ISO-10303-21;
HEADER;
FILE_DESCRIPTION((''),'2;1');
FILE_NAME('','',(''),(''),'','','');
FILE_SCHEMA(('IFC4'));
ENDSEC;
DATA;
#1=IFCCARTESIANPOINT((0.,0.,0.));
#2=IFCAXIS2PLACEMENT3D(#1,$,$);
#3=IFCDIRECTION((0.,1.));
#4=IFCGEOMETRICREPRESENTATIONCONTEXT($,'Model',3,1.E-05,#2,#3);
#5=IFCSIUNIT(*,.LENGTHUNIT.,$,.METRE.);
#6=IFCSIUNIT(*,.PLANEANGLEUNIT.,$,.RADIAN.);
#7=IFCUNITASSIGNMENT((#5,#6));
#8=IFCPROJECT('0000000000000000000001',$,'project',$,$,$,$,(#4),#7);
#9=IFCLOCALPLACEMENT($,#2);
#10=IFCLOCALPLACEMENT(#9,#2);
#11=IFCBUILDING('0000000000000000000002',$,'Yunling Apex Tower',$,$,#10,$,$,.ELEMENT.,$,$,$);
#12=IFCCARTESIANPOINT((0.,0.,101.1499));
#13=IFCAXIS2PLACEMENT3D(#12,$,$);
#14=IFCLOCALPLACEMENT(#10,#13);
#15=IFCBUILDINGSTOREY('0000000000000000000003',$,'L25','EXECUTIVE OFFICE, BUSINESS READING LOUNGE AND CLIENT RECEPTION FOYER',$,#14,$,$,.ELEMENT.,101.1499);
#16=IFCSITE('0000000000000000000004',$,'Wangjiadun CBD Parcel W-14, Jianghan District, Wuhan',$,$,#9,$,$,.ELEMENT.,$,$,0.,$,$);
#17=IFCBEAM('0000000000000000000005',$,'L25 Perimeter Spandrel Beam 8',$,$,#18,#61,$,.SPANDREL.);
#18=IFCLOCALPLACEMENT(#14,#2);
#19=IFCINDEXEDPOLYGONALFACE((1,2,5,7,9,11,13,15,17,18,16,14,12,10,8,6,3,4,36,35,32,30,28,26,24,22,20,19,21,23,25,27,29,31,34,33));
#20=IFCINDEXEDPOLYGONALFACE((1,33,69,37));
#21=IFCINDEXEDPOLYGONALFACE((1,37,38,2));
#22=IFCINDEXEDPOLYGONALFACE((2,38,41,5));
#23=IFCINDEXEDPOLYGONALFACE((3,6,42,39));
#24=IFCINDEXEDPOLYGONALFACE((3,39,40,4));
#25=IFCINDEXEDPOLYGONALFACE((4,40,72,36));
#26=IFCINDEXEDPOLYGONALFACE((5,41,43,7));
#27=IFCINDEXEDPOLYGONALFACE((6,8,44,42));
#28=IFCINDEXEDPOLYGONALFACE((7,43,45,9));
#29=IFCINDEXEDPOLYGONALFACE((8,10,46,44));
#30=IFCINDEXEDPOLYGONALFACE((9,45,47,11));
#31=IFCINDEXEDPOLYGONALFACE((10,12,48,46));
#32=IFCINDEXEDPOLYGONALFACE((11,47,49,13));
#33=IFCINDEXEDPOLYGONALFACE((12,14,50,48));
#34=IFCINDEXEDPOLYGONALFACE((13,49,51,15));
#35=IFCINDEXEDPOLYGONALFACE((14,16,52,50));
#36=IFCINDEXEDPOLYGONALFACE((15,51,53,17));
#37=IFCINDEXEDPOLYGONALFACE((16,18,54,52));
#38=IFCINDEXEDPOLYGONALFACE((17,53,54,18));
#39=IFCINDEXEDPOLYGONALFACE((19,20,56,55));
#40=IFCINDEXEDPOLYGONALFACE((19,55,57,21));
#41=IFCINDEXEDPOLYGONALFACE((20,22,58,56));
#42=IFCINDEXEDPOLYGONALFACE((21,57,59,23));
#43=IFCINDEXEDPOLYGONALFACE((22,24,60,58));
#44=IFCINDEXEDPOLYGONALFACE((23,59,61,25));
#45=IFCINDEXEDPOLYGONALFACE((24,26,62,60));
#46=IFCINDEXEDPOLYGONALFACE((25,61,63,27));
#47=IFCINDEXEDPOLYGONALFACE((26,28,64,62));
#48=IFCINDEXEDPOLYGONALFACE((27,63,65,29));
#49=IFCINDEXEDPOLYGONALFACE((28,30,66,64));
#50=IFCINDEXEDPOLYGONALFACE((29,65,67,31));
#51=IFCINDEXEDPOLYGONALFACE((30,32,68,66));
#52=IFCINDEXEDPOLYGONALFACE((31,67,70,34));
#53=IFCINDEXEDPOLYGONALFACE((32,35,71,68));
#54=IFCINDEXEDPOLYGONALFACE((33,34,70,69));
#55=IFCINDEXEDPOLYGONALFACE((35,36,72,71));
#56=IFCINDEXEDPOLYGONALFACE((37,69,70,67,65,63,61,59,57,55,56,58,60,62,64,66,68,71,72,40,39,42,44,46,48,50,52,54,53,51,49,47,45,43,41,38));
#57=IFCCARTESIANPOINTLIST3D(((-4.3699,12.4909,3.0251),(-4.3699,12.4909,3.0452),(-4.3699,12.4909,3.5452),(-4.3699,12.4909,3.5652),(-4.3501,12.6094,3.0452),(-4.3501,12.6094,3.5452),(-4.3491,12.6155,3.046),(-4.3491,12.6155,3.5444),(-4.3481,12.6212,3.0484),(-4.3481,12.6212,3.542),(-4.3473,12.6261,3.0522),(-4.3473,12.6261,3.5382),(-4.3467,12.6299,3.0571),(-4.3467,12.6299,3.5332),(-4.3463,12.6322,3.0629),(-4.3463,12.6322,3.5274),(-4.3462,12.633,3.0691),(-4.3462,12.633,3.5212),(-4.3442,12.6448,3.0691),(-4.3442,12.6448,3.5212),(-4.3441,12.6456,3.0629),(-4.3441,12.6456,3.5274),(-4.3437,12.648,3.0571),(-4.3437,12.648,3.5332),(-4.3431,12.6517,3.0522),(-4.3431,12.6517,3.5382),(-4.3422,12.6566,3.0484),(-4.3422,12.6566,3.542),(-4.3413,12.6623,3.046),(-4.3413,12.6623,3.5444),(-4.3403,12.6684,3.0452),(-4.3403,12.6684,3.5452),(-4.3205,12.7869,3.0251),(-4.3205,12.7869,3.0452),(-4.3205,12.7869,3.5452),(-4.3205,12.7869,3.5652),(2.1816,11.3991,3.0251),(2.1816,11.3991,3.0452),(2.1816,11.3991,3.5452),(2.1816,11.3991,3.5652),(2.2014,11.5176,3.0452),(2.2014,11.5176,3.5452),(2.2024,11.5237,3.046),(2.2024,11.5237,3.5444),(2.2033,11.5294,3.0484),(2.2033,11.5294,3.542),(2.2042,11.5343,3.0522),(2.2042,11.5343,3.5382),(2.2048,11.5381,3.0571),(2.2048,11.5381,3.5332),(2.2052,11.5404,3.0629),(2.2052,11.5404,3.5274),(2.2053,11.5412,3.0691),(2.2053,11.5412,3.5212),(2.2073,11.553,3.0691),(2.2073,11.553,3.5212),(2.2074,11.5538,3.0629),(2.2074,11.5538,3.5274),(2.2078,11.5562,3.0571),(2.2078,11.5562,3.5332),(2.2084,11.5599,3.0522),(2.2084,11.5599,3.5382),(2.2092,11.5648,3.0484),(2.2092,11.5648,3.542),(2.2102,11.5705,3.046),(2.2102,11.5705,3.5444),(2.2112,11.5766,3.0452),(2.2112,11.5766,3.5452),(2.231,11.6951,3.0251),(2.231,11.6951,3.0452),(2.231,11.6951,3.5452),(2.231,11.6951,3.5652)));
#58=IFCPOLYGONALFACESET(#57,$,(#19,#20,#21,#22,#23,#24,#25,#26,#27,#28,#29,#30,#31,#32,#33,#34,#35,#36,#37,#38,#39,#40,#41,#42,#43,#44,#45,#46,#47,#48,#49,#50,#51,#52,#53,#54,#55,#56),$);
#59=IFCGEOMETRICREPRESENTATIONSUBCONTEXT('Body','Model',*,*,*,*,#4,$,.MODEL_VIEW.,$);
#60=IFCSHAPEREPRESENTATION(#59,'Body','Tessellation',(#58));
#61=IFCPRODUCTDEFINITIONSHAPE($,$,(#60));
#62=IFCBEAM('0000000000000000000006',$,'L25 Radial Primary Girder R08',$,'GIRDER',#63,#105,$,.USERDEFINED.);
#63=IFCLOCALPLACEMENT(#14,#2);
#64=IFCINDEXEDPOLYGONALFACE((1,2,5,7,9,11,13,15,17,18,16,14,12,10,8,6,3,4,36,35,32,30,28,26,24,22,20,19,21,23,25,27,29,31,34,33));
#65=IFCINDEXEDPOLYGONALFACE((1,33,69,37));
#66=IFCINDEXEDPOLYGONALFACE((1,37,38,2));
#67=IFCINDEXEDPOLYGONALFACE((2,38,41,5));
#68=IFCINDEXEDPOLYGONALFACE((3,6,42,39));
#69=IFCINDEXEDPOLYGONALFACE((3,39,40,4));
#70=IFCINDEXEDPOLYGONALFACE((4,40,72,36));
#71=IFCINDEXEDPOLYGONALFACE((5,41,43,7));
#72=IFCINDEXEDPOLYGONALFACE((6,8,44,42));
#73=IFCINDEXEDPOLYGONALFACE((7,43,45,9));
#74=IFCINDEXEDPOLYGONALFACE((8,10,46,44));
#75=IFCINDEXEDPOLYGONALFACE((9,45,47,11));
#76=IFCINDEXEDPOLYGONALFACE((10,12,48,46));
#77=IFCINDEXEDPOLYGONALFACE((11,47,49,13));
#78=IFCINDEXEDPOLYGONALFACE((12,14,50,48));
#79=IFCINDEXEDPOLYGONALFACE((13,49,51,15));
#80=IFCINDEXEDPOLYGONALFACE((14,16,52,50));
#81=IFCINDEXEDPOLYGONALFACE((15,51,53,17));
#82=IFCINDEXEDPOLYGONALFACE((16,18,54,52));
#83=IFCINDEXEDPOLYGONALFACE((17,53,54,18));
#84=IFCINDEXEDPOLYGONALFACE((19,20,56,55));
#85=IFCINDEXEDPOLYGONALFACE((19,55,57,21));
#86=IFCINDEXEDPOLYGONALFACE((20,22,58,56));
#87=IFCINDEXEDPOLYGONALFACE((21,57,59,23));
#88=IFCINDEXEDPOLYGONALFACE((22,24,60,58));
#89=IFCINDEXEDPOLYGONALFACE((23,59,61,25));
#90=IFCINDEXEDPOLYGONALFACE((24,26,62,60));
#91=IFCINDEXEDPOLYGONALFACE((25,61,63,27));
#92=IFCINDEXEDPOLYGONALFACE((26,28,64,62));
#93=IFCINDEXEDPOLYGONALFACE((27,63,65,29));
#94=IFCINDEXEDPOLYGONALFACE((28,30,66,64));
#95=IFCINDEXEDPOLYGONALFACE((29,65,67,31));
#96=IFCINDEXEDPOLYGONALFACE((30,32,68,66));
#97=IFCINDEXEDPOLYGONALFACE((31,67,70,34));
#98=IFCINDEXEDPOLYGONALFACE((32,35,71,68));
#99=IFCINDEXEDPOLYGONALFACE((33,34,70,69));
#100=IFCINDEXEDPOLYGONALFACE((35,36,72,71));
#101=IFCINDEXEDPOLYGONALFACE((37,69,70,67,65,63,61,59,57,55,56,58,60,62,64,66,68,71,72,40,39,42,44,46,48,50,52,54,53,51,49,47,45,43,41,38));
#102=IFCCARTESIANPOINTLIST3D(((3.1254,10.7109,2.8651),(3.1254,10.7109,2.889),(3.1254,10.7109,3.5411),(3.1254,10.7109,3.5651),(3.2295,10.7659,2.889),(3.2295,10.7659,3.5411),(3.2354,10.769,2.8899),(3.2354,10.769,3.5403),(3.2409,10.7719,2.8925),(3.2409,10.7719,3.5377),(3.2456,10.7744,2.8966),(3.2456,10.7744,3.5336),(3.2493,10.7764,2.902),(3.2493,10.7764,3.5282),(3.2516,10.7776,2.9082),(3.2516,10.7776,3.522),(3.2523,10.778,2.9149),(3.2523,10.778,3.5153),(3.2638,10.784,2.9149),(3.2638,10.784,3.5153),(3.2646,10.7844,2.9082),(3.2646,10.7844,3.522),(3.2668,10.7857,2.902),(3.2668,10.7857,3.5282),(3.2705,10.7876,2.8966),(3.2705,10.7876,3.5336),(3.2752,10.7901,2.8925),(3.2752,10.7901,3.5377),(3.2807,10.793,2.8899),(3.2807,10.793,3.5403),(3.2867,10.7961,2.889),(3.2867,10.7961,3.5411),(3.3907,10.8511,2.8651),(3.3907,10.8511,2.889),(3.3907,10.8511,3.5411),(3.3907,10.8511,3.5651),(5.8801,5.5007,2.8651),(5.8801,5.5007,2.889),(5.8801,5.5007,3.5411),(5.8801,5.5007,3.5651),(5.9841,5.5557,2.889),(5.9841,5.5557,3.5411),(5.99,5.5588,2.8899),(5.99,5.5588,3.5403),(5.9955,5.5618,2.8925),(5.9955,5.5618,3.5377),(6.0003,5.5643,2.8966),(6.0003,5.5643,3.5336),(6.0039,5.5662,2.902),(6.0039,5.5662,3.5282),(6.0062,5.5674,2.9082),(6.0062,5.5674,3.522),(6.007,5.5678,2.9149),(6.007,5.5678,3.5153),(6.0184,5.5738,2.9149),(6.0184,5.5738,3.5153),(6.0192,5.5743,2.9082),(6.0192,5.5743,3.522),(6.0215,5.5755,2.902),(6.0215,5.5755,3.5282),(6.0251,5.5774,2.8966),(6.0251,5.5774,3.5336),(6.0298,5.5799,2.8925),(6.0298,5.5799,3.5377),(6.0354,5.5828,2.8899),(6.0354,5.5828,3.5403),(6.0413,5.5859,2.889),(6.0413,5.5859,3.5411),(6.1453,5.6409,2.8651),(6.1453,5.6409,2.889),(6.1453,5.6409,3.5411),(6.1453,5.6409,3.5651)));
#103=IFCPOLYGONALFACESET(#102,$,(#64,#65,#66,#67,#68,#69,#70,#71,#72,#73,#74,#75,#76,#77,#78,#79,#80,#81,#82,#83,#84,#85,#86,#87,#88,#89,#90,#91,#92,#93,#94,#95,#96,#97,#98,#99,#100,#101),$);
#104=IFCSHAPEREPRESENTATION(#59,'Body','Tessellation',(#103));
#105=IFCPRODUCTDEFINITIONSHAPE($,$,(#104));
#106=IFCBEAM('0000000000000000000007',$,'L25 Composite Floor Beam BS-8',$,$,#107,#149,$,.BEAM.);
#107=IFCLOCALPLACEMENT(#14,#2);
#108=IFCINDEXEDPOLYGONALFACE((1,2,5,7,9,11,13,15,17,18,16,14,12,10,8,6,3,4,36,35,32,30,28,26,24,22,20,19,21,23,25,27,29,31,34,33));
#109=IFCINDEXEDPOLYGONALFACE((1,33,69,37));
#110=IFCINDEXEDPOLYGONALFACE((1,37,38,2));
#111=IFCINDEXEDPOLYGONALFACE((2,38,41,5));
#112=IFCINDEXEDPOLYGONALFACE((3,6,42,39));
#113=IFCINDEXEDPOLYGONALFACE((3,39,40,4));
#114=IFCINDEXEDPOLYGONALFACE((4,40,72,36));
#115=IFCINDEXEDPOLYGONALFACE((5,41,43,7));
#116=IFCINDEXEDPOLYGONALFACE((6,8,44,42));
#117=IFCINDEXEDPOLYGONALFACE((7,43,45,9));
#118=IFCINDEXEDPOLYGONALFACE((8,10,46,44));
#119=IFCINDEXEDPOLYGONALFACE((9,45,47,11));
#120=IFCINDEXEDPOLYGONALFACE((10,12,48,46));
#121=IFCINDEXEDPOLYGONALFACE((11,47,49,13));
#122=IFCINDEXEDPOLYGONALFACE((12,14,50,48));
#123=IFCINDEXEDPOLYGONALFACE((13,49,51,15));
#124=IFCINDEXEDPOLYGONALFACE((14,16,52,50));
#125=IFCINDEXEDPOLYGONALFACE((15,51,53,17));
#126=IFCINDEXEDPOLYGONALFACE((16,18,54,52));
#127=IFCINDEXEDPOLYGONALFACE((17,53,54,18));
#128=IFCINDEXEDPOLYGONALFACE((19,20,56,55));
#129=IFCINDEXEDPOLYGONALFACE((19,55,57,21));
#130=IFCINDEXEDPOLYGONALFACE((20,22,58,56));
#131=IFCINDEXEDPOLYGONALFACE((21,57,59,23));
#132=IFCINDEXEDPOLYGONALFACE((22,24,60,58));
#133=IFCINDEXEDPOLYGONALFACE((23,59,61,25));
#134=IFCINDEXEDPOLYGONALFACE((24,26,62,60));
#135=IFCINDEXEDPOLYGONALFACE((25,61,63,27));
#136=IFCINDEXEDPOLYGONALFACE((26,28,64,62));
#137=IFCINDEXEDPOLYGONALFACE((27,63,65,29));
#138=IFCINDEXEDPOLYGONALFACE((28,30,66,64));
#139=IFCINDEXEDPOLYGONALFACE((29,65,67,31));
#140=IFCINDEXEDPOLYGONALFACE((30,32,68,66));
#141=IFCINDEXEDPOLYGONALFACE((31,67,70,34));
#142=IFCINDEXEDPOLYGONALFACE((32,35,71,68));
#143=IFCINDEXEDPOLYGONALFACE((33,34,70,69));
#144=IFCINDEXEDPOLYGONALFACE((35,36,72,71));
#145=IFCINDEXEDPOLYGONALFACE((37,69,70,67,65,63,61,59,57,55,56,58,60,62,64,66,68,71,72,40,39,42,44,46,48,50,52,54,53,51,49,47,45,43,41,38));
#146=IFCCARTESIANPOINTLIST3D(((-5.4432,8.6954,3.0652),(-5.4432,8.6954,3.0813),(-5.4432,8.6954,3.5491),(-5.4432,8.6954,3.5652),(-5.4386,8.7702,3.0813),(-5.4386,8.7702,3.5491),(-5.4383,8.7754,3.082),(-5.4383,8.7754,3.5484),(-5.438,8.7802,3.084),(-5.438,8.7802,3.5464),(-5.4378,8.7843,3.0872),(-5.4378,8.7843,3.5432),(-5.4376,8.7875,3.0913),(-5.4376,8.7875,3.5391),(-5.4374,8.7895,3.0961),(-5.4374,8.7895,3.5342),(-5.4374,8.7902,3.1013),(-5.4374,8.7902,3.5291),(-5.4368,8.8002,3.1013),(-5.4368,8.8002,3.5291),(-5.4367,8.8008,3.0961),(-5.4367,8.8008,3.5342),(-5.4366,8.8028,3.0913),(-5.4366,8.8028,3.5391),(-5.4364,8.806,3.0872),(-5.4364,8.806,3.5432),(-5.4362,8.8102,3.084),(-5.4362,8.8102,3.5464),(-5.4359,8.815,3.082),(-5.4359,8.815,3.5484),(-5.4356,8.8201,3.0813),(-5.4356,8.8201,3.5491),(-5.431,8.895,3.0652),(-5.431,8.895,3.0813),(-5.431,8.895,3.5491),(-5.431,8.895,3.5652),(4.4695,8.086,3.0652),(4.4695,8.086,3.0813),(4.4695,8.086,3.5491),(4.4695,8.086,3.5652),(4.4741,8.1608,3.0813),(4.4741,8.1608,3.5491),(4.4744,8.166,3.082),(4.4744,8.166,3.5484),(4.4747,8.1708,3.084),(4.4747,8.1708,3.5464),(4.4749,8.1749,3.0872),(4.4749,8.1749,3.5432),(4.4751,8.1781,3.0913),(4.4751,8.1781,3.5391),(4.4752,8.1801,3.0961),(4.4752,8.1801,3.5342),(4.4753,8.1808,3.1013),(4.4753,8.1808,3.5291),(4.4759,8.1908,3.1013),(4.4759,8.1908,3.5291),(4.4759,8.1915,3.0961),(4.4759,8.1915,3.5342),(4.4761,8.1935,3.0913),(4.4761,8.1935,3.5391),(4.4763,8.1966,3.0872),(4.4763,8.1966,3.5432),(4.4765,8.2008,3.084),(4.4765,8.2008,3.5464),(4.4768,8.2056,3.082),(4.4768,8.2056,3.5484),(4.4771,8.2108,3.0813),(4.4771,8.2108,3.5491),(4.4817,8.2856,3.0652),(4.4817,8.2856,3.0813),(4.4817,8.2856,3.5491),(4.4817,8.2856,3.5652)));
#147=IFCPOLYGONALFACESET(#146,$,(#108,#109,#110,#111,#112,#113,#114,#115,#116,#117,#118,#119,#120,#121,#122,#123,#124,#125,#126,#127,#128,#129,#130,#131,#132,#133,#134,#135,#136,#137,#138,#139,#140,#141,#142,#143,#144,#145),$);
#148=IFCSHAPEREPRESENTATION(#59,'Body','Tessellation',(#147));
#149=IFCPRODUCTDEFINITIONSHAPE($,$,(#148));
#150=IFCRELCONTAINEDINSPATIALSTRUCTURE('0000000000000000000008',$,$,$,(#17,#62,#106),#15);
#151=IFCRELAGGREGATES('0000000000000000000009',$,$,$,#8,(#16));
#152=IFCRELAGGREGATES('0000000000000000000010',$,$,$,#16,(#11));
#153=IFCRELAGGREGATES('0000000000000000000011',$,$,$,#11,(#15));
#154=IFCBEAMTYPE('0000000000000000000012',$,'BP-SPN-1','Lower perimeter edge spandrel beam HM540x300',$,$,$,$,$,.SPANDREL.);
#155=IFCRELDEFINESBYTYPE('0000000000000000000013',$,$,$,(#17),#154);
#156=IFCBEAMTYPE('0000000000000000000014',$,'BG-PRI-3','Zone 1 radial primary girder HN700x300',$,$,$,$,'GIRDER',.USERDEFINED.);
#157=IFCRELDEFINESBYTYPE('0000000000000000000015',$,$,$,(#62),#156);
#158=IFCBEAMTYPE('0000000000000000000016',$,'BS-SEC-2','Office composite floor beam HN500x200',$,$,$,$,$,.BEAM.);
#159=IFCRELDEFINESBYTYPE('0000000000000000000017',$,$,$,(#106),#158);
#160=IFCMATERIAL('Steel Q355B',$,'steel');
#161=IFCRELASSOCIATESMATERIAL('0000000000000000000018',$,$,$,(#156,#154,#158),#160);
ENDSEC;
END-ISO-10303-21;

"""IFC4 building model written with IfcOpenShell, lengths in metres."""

from ifc_helpers import new_model, si_unit, direction, frame, origin, origin_2d, place, context, subcontext, project, spatial, i_section, extrude, source, transform, mapped, material, material_profile, profile_set, type_object, element, save


model = new_model("IFC4")

# Units and contexts
model_context = context("Model", 3, precision=1e-05, world=origin(), true_north=direction((0.0, 1.0)))
body_context = subcontext(model_context, "Body", "Model", "MODEL_VIEW")
ifc_project = project(units=[si_unit("LENGTHUNIT", "METRE"), si_unit("PLANEANGLEUNIT", "RADIAN")], contexts=[model_context])

# Site, building, storey
site_placement = place(None, origin())
site = spatial("IfcSite", under=ifc_project, at=site_placement, Name="Wangjiadun CBD Parcel W-14, Jianghan District, Wuhan", CompositionType="ELEMENT", RefElevation=0.0)
building_placement = place(site_placement, origin())
building = spatial("IfcBuilding", under=site, at=building_placement, Name="Yunling Apex Tower", CompositionType="ELEMENT")
storey_placement = place(building_placement, frame((0.0, 0.0, 101.1499)))
storey = spatial("IfcBuildingStorey", under=building, at=storey_placement, Name="L25", Description="EXECUTIVE OFFICE, BUSINESS READING LOUNGE AND CLIENT RECEPTION FOYER", CompositionType="ELEMENT", Elevation=101.1499)

# Beams
ifc_material_1 = material(Name="Steel Q355B", Category="steel")
ifc_material_profile_1 = material_profile(ifc_material_1, i_section(OverallWidth=0.3, OverallDepth=0.7, WebThickness=0.0129, FlangeThickness=0.0239, FilletRadius=0.0259, at=origin_2d()))
ifc_profile_set_1 = profile_set([ifc_material_profile_1], Name="Steel Q355B")
beam_type_1 = type_object("IfcBeamType", Name="BG-PRI-3", Description="Zone 1 radial primary girder HN700x300", ElementType="GIRDER", PredefinedType="USERDEFINED", material=ifc_profile_set_1)
ifc_material_profile_2 = material_profile(ifc_material_1, i_section(OverallWidth=0.3, OverallDepth=0.54, WebThickness=0.012, FlangeThickness=0.02, FilletRadius=0.0239, at=origin_2d()))
ifc_profile_set_2 = profile_set([ifc_material_profile_2], Name="Steel Q355B")
beam_type_2 = type_object("IfcBeamType", Name="BP-SPN-1", Description="Lower perimeter edge spandrel beam HM540x300", PredefinedType="SPANDREL", material=ifc_profile_set_2)
shared_shape_1 = source(origin(), body_context, "Body", "SweptSolid", [
    extrude(i_section(OverallWidth=0.3, OverallDepth=0.54, WebThickness=0.012, FlangeThickness=0.02, FilletRadius=0.0239, at=origin_2d()), origin(), (0.0, 0.0, 1.0), 6.6418),
])
beam_1_placement = place(storey_placement, frame((2.2063, 11.5471, 3.2952), z_axis=(-0.986397, 0.164381, 0.0), x_axis=(-0.164381, -0.986397, 0.0)))
element("IfcBeam", 1, at=beam_1_placement, inside=storey, type_object=beam_type_2, Name="L25 Perimeter Spandrel Beam 8", PredefinedType="SPANDREL", context=body_context, shape_type="MappedRepresentation", body=[
    mapped(shared_shape_1, transform((0.0, 0.0, 0.0), scale=1.0)),
])
shared_shape_2 = source(origin(), body_context, "Body", "SweptSolid", [
    extrude(i_section(OverallWidth=0.3, OverallDepth=0.7, WebThickness=0.0129, FlangeThickness=0.0239, FilletRadius=0.0259, at=origin_2d()), origin(), (0.0, 0.0, 1.0), 5.8936),
])
beam_2_placement = place(storey_placement, frame((3.2581, 10.781, 3.2151), z_axis=(0.467397, -0.884048, 0.0), x_axis=(0.884048, 0.467397, 0.0)))
element("IfcBeam", 2, at=beam_2_placement, inside=storey, type_object=beam_type_1, Name="L25 Radial Primary Girder R08", ObjectType="GIRDER", PredefinedType="USERDEFINED", context=body_context, shape_type="MappedRepresentation", body=[
    mapped(shared_shape_2, transform((0.0, 0.0, 0.0), scale=1.0)),
])
ifc_material_profile_3 = material_profile(ifc_material_1, i_section(OverallWidth=0.2, OverallDepth=0.5, WebThickness=0.01, FlangeThickness=0.0161, FilletRadius=0.02, at=origin_2d()))
ifc_profile_set_3 = profile_set([ifc_material_profile_3], Name="Steel Q355B")
beam_type_3 = type_object("IfcBeamType", Name="BS-SEC-2", Description="Office composite floor beam HN500x200", PredefinedType="BEAM", material=ifc_profile_set_3)
shared_shape_3 = source(origin(), body_context, "Body", "SweptSolid", [
    extrude(i_section(OverallWidth=0.2, OverallDepth=0.5, WebThickness=0.01, FlangeThickness=0.0161, FilletRadius=0.02, at=origin_2d()), origin(), (0.0, 0.0, 1.0), 9.9314),
])
beam_3_placement = place(storey_placement, frame((4.4756, 8.1858, 3.3152), z_axis=(-0.998116, 0.061359, 0.0), x_axis=(-0.061359, -0.998116, 0.0)))
element("IfcBeam", 3, at=beam_3_placement, inside=storey, type_object=beam_type_3, Name="L25 Composite Floor Beam BS-8", PredefinedType="BEAM", context=body_context, shape_type="MappedRepresentation", body=[
    mapped(shared_shape_3, transform((0.0, 0.0, 0.0), scale=1.0)),
])

save(model, "model.ifc")
